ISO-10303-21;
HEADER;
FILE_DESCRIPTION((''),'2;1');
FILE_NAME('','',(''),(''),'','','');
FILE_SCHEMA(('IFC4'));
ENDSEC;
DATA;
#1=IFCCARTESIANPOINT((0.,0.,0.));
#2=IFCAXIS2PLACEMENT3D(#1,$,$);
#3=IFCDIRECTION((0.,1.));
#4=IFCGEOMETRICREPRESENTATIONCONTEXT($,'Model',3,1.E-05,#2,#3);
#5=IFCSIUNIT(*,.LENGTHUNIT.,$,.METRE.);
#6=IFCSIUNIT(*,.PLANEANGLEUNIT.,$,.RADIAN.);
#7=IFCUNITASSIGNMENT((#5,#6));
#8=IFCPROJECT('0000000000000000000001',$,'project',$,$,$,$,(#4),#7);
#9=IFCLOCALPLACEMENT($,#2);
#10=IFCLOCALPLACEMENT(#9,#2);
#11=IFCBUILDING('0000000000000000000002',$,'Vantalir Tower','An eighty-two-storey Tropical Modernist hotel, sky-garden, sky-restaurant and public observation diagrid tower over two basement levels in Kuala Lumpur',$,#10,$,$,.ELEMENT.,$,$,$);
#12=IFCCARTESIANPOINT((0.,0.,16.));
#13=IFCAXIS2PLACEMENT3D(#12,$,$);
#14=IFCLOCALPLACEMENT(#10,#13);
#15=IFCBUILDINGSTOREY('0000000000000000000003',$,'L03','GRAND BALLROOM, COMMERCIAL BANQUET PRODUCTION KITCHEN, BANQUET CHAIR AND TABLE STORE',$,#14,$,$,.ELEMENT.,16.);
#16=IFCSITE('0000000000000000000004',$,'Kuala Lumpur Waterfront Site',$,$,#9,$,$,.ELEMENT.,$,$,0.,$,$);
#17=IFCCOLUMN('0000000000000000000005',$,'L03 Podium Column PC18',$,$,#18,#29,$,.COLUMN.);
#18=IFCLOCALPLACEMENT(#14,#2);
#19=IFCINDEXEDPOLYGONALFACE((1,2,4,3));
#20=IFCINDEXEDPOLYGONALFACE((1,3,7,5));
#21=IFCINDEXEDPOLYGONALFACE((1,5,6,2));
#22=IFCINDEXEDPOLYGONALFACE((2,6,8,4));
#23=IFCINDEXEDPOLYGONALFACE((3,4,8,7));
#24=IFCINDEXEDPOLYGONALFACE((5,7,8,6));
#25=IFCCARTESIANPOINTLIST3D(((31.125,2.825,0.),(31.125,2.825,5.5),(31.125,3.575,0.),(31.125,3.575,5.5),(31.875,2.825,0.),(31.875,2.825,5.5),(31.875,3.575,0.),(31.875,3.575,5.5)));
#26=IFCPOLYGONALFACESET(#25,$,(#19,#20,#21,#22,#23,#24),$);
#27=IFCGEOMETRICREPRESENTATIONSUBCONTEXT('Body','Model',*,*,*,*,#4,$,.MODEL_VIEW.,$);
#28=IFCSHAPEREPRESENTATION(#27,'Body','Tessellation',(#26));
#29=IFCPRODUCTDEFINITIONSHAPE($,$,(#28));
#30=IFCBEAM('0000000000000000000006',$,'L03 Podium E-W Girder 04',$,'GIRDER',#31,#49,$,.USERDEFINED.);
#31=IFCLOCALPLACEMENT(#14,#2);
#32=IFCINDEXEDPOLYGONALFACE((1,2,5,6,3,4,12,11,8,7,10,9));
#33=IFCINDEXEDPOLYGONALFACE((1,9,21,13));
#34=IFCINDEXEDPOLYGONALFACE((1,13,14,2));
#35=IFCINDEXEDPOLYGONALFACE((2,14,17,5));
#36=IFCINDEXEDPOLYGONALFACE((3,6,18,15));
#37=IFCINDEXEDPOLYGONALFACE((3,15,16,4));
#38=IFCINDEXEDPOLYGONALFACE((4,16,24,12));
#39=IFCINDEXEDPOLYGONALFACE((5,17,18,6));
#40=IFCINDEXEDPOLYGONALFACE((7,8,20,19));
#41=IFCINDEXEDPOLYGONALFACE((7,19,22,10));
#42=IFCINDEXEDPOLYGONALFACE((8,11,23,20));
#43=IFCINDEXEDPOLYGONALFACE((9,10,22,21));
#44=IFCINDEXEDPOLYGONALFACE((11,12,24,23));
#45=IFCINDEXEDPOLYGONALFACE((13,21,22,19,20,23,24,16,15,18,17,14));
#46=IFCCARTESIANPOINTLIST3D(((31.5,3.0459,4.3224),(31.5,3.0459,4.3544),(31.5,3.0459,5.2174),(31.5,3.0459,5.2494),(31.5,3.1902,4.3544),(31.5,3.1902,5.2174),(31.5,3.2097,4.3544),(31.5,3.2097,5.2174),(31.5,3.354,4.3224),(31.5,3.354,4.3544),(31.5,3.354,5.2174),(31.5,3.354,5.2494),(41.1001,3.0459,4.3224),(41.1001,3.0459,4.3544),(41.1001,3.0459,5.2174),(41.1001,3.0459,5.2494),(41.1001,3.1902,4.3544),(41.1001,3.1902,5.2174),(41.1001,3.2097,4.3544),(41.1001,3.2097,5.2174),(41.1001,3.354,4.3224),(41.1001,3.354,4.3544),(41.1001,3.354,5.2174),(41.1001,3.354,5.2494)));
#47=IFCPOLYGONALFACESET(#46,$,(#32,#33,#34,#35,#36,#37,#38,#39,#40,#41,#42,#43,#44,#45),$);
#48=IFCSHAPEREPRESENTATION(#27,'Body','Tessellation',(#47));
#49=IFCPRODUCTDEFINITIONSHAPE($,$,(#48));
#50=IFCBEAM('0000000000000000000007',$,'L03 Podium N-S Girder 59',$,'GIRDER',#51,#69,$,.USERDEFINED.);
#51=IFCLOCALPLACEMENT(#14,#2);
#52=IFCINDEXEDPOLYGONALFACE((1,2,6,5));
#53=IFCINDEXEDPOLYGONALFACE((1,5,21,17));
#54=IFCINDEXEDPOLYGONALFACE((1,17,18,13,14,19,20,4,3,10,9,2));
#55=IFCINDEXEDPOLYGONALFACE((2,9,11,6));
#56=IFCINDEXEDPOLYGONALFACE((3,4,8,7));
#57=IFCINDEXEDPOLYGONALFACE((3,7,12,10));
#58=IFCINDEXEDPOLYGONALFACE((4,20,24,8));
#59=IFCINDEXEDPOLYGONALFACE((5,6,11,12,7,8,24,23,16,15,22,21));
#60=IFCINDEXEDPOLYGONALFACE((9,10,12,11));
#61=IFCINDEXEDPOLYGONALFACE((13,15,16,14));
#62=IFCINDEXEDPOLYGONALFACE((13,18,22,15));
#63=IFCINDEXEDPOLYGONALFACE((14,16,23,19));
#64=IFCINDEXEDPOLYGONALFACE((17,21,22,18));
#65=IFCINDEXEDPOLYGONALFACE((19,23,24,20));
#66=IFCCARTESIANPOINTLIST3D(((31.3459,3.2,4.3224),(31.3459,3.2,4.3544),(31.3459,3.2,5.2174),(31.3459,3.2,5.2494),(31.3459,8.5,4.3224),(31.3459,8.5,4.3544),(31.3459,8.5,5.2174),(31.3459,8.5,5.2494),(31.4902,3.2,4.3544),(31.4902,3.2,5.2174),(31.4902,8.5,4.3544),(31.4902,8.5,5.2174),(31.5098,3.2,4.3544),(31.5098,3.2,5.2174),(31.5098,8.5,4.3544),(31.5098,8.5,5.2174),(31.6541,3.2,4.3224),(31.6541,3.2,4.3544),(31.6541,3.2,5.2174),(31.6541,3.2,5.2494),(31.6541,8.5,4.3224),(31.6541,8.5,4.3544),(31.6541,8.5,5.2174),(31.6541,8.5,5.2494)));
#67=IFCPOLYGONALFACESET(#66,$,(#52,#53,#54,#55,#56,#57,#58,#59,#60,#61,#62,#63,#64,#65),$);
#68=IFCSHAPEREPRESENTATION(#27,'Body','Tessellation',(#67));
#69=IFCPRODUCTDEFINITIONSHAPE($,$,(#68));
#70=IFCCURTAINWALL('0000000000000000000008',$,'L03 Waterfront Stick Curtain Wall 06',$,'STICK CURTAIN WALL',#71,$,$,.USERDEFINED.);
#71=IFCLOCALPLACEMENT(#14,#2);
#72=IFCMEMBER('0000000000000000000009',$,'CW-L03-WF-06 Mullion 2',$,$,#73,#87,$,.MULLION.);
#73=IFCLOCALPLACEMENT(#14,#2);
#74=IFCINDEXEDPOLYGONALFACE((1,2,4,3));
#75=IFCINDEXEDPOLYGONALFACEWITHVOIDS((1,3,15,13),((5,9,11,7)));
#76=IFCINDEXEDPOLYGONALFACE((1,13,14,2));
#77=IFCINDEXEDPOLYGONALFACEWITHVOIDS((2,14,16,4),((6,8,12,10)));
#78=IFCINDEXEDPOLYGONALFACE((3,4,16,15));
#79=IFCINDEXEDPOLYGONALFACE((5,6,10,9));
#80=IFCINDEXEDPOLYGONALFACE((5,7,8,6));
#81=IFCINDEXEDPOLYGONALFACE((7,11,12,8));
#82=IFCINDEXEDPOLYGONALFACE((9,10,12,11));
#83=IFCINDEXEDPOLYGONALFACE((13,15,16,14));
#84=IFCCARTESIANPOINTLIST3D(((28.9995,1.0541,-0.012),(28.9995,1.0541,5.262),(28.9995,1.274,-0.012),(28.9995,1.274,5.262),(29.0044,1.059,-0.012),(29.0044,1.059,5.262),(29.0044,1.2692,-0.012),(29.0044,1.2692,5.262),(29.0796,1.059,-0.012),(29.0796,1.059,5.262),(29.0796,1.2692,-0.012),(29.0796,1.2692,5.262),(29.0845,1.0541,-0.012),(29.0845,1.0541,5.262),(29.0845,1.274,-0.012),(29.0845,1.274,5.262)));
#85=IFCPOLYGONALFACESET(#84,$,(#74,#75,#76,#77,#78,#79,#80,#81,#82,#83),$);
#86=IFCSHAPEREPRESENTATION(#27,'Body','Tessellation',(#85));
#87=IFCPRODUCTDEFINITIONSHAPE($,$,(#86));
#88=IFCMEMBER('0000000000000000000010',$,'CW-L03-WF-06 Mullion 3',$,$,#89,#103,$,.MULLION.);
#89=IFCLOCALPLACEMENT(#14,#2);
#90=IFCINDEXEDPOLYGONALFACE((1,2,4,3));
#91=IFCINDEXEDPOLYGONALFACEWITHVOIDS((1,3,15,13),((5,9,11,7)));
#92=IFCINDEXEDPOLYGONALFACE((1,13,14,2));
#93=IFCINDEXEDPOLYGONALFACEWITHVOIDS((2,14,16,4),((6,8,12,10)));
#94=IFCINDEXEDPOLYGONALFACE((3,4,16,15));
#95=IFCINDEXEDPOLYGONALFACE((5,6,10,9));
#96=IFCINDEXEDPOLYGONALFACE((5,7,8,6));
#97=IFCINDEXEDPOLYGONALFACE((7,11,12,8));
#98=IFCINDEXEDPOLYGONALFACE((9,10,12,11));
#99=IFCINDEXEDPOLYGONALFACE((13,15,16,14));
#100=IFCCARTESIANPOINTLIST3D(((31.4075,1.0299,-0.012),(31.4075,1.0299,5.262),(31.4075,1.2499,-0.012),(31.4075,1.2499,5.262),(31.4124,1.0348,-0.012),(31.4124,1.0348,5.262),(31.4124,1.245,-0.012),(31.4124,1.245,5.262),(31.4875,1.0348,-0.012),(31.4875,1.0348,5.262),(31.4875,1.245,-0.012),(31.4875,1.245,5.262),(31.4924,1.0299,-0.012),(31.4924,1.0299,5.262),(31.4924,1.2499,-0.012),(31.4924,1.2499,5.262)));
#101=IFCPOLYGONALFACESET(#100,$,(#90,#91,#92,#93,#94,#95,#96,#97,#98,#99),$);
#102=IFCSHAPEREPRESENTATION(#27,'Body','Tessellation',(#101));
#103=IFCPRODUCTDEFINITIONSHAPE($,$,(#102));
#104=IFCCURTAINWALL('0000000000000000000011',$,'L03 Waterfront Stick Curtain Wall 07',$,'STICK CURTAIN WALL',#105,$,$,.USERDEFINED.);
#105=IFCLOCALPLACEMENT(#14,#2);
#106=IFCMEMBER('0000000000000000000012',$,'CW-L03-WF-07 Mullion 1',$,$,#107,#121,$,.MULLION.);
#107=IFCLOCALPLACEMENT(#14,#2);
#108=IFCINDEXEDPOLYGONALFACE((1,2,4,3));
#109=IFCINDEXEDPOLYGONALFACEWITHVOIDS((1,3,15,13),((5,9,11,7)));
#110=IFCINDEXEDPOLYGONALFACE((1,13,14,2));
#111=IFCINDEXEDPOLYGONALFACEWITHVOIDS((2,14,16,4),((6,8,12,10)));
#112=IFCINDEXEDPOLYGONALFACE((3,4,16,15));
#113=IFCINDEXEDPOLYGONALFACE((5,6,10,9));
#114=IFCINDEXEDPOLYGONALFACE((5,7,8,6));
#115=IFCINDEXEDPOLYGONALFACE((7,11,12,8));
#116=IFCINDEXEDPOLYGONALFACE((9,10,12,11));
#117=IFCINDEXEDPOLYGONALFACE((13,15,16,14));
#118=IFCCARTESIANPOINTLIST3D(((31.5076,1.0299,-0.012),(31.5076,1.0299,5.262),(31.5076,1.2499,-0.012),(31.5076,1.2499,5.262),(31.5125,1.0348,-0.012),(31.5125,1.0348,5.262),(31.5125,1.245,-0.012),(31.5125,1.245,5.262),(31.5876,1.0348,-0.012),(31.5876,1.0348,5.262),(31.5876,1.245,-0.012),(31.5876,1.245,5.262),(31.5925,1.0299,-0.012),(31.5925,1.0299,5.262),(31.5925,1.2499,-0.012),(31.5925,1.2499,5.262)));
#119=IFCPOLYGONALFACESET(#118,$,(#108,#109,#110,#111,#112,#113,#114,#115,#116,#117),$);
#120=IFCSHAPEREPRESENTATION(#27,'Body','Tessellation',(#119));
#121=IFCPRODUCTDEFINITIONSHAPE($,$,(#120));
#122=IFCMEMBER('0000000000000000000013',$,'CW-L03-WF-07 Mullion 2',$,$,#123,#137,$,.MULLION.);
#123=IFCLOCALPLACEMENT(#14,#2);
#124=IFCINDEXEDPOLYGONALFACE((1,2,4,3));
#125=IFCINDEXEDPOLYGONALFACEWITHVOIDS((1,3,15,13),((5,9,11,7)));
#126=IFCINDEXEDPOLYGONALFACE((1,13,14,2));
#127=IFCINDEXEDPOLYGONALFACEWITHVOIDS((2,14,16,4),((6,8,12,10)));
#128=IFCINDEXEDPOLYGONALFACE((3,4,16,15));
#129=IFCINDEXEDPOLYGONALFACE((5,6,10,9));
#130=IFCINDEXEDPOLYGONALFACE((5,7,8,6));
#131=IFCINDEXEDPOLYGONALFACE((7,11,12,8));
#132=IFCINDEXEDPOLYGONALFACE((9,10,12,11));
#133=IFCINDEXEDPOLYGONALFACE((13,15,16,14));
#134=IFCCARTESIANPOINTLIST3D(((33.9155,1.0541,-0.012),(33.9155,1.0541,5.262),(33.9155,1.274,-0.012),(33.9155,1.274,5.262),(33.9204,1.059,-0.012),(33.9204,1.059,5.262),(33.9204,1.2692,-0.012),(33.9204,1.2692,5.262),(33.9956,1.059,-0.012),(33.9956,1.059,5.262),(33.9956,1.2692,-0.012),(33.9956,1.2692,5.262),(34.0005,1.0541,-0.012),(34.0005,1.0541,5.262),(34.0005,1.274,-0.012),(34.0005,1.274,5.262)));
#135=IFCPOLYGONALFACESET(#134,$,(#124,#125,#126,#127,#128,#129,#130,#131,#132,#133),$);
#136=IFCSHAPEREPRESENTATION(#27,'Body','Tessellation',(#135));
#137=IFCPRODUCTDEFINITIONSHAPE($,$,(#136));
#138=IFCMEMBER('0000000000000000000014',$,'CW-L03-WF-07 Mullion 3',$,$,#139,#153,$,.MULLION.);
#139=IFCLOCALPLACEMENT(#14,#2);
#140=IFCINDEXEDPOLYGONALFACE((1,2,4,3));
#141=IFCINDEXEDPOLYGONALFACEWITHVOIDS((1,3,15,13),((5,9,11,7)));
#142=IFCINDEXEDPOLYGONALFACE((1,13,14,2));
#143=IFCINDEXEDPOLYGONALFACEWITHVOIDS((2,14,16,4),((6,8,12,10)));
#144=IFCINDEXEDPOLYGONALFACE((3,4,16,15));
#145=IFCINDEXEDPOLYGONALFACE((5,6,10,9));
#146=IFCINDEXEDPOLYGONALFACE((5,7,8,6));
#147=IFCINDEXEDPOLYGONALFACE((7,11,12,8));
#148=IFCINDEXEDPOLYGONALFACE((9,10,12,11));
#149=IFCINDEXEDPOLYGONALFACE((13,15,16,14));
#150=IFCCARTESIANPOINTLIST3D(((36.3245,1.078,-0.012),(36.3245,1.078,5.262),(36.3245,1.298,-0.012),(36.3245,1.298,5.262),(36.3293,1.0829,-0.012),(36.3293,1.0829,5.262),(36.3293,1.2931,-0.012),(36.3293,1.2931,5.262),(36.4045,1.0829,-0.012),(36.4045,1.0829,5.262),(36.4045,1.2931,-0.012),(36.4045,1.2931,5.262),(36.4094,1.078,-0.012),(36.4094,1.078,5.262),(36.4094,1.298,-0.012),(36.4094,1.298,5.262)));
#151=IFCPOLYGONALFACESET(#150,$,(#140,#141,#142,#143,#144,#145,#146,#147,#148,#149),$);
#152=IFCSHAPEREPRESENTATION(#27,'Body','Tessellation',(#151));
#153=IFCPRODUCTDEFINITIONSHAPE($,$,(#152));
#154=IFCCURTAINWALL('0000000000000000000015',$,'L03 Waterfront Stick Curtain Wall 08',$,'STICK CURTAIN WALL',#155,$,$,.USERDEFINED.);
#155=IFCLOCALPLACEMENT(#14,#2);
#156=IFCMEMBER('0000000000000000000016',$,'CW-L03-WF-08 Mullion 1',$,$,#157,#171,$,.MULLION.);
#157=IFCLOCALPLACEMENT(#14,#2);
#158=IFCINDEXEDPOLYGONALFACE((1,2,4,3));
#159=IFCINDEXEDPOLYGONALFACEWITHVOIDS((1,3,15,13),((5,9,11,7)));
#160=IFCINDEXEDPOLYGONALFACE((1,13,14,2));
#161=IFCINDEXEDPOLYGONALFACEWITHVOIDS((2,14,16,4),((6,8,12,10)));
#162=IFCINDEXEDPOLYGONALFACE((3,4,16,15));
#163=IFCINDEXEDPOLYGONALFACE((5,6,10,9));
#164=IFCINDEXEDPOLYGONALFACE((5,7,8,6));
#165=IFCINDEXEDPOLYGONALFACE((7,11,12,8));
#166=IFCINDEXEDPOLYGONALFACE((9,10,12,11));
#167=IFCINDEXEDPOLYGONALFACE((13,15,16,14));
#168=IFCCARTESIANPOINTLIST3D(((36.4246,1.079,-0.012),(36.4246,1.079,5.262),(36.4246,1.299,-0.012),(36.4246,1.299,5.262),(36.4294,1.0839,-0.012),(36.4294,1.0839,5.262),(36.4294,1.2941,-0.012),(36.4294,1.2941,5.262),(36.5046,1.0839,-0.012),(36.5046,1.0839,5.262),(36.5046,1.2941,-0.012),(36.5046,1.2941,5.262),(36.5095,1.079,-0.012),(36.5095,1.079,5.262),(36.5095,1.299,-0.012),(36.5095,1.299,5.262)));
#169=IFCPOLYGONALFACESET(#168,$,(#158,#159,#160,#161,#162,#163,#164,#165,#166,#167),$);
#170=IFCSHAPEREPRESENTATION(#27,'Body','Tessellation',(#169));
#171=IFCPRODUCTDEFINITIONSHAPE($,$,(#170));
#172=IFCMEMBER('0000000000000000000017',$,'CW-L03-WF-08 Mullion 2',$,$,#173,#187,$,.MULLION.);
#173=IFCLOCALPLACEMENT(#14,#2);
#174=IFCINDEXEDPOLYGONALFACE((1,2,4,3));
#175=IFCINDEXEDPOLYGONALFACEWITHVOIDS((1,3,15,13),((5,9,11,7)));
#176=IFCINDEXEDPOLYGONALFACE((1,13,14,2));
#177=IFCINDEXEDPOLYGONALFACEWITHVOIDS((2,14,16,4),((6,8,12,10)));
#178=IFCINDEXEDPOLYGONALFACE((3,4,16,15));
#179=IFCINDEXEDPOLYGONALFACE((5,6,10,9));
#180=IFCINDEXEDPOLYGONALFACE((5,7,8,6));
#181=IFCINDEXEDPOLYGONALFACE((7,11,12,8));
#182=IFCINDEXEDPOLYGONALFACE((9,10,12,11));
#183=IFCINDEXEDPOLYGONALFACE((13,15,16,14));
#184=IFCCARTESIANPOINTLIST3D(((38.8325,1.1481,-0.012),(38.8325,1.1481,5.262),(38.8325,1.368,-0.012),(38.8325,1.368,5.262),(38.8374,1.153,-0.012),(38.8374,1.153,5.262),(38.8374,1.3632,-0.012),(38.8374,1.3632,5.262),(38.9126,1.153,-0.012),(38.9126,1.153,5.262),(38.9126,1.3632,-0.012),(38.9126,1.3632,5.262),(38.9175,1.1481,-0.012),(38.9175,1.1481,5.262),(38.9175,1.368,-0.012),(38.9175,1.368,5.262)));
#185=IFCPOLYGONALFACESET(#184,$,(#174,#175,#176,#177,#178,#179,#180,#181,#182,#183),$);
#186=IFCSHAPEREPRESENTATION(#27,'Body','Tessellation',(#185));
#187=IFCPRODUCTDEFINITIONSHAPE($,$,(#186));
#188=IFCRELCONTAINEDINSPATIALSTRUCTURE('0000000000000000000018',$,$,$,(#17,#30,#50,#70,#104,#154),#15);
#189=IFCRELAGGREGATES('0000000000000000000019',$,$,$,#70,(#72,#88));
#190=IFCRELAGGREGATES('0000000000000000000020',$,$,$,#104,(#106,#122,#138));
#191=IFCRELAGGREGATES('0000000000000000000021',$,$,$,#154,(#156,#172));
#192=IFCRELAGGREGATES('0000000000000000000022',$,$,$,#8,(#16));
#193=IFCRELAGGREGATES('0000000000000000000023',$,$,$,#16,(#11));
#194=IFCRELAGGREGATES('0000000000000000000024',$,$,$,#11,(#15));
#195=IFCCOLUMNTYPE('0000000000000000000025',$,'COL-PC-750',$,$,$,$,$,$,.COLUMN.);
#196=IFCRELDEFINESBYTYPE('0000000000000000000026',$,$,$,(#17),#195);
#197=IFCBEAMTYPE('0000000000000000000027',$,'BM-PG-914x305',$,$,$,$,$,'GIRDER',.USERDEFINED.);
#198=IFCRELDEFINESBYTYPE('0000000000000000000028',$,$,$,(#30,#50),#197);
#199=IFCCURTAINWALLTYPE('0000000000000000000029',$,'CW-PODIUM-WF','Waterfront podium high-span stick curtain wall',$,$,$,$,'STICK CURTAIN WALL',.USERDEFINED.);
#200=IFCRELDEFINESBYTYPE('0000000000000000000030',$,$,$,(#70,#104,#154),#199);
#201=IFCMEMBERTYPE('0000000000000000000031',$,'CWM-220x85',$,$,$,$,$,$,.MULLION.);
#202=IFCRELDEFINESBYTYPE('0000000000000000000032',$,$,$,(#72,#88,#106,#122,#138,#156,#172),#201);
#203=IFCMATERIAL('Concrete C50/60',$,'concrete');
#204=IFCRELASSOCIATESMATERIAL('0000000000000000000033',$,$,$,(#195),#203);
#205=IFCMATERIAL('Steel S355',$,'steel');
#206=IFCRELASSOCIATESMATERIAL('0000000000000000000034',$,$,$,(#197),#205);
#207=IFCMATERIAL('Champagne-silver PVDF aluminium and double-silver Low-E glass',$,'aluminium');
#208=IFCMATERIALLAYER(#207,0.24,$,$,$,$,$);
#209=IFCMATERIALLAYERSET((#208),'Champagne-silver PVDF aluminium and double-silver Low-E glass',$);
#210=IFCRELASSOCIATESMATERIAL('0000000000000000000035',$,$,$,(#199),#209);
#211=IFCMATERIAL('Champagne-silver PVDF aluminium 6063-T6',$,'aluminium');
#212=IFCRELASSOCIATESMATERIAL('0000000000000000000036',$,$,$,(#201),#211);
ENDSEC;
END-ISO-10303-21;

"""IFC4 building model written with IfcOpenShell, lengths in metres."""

from ifc_helpers import new_model, si_unit, direction, frame, origin, origin_2d, place, context, subcontext, project, spatial, rectangle, hollow_rectangle, i_section, extrude, material, layer, layer_set, material_profile, profile_set, type_object, element, aggregate, save


model = new_model("IFC4")

# Units and contexts
model_context = context("Model", 3, precision=1e-05, world=origin(), true_north=direction((0.0, 1.0)))
body_context = subcontext(model_context, "Body", "Model", "MODEL_VIEW")
ifc_project = project(units=[si_unit("LENGTHUNIT", "METRE"), si_unit("PLANEANGLEUNIT", "RADIAN")], contexts=[model_context])

# Site, building, storey
site_placement = place(None, origin())
site = spatial("IfcSite", under=ifc_project, at=site_placement, Name="Kuala Lumpur Waterfront Site", CompositionType="ELEMENT", RefElevation=0.0)
building_placement = place(site_placement, origin())
building = spatial("IfcBuilding", under=site, at=building_placement, Name="Vantalir Tower", Description="An eighty-two-storey Tropical Modernist hotel, sky-garden, sky-restaurant and public observation diagrid tower over two basement levels in Kuala Lumpur", CompositionType="ELEMENT")
storey_placement = place(building_placement, frame((0.0, 0.0, 16.0)))
storey = spatial("IfcBuildingStorey", under=building, at=storey_placement, Name="L03", Description="GRAND BALLROOM, COMMERCIAL BANQUET PRODUCTION KITCHEN, BANQUET CHAIR AND TABLE STORE", CompositionType="ELEMENT", Elevation=16.0)

# Column
ifc_material_1 = material(Name="Concrete C50/60", Category="concrete")
ifc_material_profile_1 = material_profile(ifc_material_1, rectangle(XDim=0.75, YDim=0.75, at=origin_2d()), Name="Concrete C50/60")
ifc_profile_set_1 = profile_set([ifc_material_profile_1], Name="Concrete C50/60")
column_type = type_object("IfcColumnType", Name="COL-PC-750", PredefinedType="COLUMN", material=ifc_profile_set_1)
column_placement = place(storey_placement, frame((31.5, 3.2, 0.0), z_axis=(0.0, 0.0, 1.0), x_axis=(1.0, 0.0, 0.0)))
element("IfcColumn", 1, at=column_placement, inside=storey, type_object=column_type, Name="L03 Podium Column PC18", PredefinedType="COLUMN", context=body_context, shape_type="SweptSolid", body=[
    extrude(rectangle(XDim=0.75, YDim=0.75, at=origin_2d()), origin(), (0.0, 0.0, 1.0), 5.5),
])

# Beams
ifc_material_2 = material(Name="Steel S355", Category="steel")
ifc_material_profile_2 = material_profile(ifc_material_2, i_section(OverallWidth=0.3081, OverallDepth=0.927, WebThickness=0.0195, FlangeThickness=0.032, at=origin_2d()), Name="Steel S355")
ifc_profile_set_2 = profile_set([ifc_material_profile_2], Name="Steel S355")
beam_type = type_object("IfcBeamType", Name="BM-PG-914x305", ElementType="GIRDER", PredefinedType="USERDEFINED", material=ifc_profile_set_2)
beam_1_placement = place(storey_placement, frame((31.5, 3.2, 4.7859), z_axis=(1.0, 0.0, 0.0), x_axis=(0.0, 1.0, 0.0)))
element("IfcBeam", 2, at=beam_1_placement, inside=storey, type_object=beam_type, Name="L03 Podium E-W Girder 04", ObjectType="GIRDER", PredefinedType="USERDEFINED", context=body_context, shape_type="SweptSolid", body=[
    extrude(i_section(OverallWidth=0.3081, OverallDepth=0.927, WebThickness=0.0195, FlangeThickness=0.032, at=origin_2d()), origin(), (0.0, 0.0, 1.0), 9.6001),
])
beam_2_placement = place(storey_placement, frame((31.5, 3.2, 4.7859), z_axis=(0.0, 1.0, 0.0), x_axis=(-1.0, 0.0, 0.0)))
element("IfcBeam", 3, at=beam_2_placement, inside=storey, type_object=beam_type, Name="L03 Podium N-S Girder 59", ObjectType="GIRDER", PredefinedType="USERDEFINED", context=body_context, shape_type="SweptSolid", body=[
    extrude(i_section(OverallWidth=0.3081, OverallDepth=0.927, WebThickness=0.0195, FlangeThickness=0.032, at=origin_2d()), origin(), (0.0, 0.0, 1.0), 5.3),
])

# Curtain walls, members
ifc_material_3 = material(Name="Champagne-silver PVDF aluminium and double-silver Low-E glass", Category="aluminium")
ifc_layer_1 = layer(ifc_material_3, 0.24)
ifc_layer_set_1 = layer_set([ifc_layer_1], Name="Champagne-silver PVDF aluminium and double-silver Low-E glass")
curtain_wall_type = type_object("IfcCurtainWallType", Name="CW-PODIUM-WF", Description="Waterfront podium high-span stick curtain wall", ElementType="STICK CURTAIN WALL", PredefinedType="USERDEFINED", material=ifc_layer_set_1)
curtain_wall_1_placement = place(storey_placement, origin())
curtain_wall_1 = element("IfcCurtainWall", 4, at=curtain_wall_1_placement, inside=storey, type_object=curtain_wall_type, Name="L03 Waterfront Stick Curtain Wall 06", ObjectType="STICK CURTAIN WALL", PredefinedType="USERDEFINED")
ifc_material_4 = material(Name="Champagne-silver PVDF aluminium 6063-T6", Category="aluminium")
ifc_material_profile_3 = material_profile(ifc_material_4, hollow_rectangle(XDim=0.085, YDim=0.22, WallThickness=0.0049, at=origin_2d()), Name="Champagne-silver PVDF aluminium 6063-T6")
ifc_profile_set_3 = profile_set([ifc_material_profile_3], Name="Champagne-silver PVDF aluminium 6063-T6")
member_type_1 = type_object("IfcMemberType", Name="CWM-220x85", PredefinedType="MULLION", material=ifc_profile_set_3)
member_1_placement = place(storey_placement, frame((29.042, 1.1641, -0.012), z_axis=(0.0, 0.0, 1.0), x_axis=(1.0, 0.0, 0.0)))
member_1 = element("IfcMember", 5, at=member_1_placement, type_object=member_type_1, Name="CW-L03-WF-06 Mullion 2", PredefinedType="MULLION", context=body_context, shape_type="SweptSolid", body=[
    extrude(hollow_rectangle(XDim=0.085, YDim=0.22, WallThickness=0.0049, at=origin_2d()), origin(), (0.0, 0.0, 1.0), 5.2739),
])
member_2_placement = place(storey_placement, frame((31.45, 1.1399, -0.012), z_axis=(0.0, 0.0, 1.0), x_axis=(1.0, 0.0, 0.0)))
member_2 = element("IfcMember", 6, at=member_2_placement, type_object=member_type_1, Name="CW-L03-WF-06 Mullion 3", PredefinedType="MULLION", context=body_context, shape_type="SweptSolid", body=[
    extrude(hollow_rectangle(XDim=0.085, YDim=0.22, WallThickness=0.0049, at=origin_2d()), origin(), (0.0, 0.0, 1.0), 5.2739),
])
curtain_wall_2_placement = place(storey_placement, origin())
curtain_wall_2 = element("IfcCurtainWall", 7, at=curtain_wall_2_placement, inside=storey, type_object=curtain_wall_type, Name="L03 Waterfront Stick Curtain Wall 07", ObjectType="STICK CURTAIN WALL", PredefinedType="USERDEFINED")
member_3_placement = place(storey_placement, frame((31.55, 1.1399, -0.012), z_axis=(0.0, 0.0, 1.0), x_axis=(1.0, 0.0, 0.0)))
member_3 = element("IfcMember", 8, at=member_3_placement, type_object=member_type_1, Name="CW-L03-WF-07 Mullion 1", PredefinedType="MULLION", context=body_context, shape_type="SweptSolid", body=[
    extrude(hollow_rectangle(XDim=0.085, YDim=0.22, WallThickness=0.0049, at=origin_2d()), origin(), (0.0, 0.0, 1.0), 5.2739),
])
member_4_placement = place(storey_placement, frame((33.958, 1.1641, -0.012), z_axis=(0.0, 0.0, 1.0), x_axis=(1.0, 0.0, 0.0)))
member_4 = element("IfcMember", 9, at=member_4_placement, type_object=member_type_1, Name="CW-L03-WF-07 Mullion 2", PredefinedType="MULLION", context=body_context, shape_type="SweptSolid", body=[
    extrude(hollow_rectangle(XDim=0.085, YDim=0.22, WallThickness=0.0049, at=origin_2d()), origin(), (0.0, 0.0, 1.0), 5.2739),
])
member_5_placement = place(storey_placement, frame((36.3669, 1.188, -0.012), z_axis=(0.0, 0.0, 1.0), x_axis=(1.0, 0.0, 0.0)))
member_5 = element("IfcMember", 10, at=member_5_placement, type_object=member_type_1, Name="CW-L03-WF-07 Mullion 3", PredefinedType="MULLION", context=body_context, shape_type="SweptSolid", body=[
    extrude(hollow_rectangle(XDim=0.085, YDim=0.22, WallThickness=0.0049, at=origin_2d()), origin(), (0.0, 0.0, 1.0), 5.2739),
])
curtain_wall_3_placement = place(storey_placement, origin())
curtain_wall_3 = element("IfcCurtainWall", 11, at=curtain_wall_3_placement, inside=storey, type_object=curtain_wall_type, Name="L03 Waterfront Stick Curtain Wall 08", ObjectType="STICK CURTAIN WALL", PredefinedType="USERDEFINED")
member_6_placement = place(storey_placement, frame((36.467, 1.189, -0.012), z_axis=(0.0, 0.0, 1.0), x_axis=(1.0, 0.0, 0.0)))
member_6 = element("IfcMember", 12, at=member_6_placement, type_object=member_type_1, Name="CW-L03-WF-08 Mullion 1", PredefinedType="MULLION", context=body_context, shape_type="SweptSolid", body=[
    extrude(hollow_rectangle(XDim=0.085, YDim=0.22, WallThickness=0.0049, at=origin_2d()), origin(), (0.0, 0.0, 1.0), 5.2739),
])
member_7_placement = place(storey_placement, frame((38.875, 1.2581, -0.012), z_axis=(0.0, 0.0, 1.0), x_axis=(1.0, 0.0, 0.0)))
member_7 = element("IfcMember", 13, at=member_7_placement, type_object=member_type_1, Name="CW-L03-WF-08 Mullion 2", PredefinedType="MULLION", context=body_context, shape_type="SweptSolid", body=[
    extrude(hollow_rectangle(XDim=0.085, YDim=0.22, WallThickness=0.0049, at=origin_2d()), origin(), (0.0, 0.0, 1.0), 5.2739),
])

aggregate(curtain_wall_1, [member_1, member_2])
aggregate(curtain_wall_2, [member_3, member_4, member_5])
aggregate(curtain_wall_3, [member_6, member_7])

save(model, "model.ifc")
